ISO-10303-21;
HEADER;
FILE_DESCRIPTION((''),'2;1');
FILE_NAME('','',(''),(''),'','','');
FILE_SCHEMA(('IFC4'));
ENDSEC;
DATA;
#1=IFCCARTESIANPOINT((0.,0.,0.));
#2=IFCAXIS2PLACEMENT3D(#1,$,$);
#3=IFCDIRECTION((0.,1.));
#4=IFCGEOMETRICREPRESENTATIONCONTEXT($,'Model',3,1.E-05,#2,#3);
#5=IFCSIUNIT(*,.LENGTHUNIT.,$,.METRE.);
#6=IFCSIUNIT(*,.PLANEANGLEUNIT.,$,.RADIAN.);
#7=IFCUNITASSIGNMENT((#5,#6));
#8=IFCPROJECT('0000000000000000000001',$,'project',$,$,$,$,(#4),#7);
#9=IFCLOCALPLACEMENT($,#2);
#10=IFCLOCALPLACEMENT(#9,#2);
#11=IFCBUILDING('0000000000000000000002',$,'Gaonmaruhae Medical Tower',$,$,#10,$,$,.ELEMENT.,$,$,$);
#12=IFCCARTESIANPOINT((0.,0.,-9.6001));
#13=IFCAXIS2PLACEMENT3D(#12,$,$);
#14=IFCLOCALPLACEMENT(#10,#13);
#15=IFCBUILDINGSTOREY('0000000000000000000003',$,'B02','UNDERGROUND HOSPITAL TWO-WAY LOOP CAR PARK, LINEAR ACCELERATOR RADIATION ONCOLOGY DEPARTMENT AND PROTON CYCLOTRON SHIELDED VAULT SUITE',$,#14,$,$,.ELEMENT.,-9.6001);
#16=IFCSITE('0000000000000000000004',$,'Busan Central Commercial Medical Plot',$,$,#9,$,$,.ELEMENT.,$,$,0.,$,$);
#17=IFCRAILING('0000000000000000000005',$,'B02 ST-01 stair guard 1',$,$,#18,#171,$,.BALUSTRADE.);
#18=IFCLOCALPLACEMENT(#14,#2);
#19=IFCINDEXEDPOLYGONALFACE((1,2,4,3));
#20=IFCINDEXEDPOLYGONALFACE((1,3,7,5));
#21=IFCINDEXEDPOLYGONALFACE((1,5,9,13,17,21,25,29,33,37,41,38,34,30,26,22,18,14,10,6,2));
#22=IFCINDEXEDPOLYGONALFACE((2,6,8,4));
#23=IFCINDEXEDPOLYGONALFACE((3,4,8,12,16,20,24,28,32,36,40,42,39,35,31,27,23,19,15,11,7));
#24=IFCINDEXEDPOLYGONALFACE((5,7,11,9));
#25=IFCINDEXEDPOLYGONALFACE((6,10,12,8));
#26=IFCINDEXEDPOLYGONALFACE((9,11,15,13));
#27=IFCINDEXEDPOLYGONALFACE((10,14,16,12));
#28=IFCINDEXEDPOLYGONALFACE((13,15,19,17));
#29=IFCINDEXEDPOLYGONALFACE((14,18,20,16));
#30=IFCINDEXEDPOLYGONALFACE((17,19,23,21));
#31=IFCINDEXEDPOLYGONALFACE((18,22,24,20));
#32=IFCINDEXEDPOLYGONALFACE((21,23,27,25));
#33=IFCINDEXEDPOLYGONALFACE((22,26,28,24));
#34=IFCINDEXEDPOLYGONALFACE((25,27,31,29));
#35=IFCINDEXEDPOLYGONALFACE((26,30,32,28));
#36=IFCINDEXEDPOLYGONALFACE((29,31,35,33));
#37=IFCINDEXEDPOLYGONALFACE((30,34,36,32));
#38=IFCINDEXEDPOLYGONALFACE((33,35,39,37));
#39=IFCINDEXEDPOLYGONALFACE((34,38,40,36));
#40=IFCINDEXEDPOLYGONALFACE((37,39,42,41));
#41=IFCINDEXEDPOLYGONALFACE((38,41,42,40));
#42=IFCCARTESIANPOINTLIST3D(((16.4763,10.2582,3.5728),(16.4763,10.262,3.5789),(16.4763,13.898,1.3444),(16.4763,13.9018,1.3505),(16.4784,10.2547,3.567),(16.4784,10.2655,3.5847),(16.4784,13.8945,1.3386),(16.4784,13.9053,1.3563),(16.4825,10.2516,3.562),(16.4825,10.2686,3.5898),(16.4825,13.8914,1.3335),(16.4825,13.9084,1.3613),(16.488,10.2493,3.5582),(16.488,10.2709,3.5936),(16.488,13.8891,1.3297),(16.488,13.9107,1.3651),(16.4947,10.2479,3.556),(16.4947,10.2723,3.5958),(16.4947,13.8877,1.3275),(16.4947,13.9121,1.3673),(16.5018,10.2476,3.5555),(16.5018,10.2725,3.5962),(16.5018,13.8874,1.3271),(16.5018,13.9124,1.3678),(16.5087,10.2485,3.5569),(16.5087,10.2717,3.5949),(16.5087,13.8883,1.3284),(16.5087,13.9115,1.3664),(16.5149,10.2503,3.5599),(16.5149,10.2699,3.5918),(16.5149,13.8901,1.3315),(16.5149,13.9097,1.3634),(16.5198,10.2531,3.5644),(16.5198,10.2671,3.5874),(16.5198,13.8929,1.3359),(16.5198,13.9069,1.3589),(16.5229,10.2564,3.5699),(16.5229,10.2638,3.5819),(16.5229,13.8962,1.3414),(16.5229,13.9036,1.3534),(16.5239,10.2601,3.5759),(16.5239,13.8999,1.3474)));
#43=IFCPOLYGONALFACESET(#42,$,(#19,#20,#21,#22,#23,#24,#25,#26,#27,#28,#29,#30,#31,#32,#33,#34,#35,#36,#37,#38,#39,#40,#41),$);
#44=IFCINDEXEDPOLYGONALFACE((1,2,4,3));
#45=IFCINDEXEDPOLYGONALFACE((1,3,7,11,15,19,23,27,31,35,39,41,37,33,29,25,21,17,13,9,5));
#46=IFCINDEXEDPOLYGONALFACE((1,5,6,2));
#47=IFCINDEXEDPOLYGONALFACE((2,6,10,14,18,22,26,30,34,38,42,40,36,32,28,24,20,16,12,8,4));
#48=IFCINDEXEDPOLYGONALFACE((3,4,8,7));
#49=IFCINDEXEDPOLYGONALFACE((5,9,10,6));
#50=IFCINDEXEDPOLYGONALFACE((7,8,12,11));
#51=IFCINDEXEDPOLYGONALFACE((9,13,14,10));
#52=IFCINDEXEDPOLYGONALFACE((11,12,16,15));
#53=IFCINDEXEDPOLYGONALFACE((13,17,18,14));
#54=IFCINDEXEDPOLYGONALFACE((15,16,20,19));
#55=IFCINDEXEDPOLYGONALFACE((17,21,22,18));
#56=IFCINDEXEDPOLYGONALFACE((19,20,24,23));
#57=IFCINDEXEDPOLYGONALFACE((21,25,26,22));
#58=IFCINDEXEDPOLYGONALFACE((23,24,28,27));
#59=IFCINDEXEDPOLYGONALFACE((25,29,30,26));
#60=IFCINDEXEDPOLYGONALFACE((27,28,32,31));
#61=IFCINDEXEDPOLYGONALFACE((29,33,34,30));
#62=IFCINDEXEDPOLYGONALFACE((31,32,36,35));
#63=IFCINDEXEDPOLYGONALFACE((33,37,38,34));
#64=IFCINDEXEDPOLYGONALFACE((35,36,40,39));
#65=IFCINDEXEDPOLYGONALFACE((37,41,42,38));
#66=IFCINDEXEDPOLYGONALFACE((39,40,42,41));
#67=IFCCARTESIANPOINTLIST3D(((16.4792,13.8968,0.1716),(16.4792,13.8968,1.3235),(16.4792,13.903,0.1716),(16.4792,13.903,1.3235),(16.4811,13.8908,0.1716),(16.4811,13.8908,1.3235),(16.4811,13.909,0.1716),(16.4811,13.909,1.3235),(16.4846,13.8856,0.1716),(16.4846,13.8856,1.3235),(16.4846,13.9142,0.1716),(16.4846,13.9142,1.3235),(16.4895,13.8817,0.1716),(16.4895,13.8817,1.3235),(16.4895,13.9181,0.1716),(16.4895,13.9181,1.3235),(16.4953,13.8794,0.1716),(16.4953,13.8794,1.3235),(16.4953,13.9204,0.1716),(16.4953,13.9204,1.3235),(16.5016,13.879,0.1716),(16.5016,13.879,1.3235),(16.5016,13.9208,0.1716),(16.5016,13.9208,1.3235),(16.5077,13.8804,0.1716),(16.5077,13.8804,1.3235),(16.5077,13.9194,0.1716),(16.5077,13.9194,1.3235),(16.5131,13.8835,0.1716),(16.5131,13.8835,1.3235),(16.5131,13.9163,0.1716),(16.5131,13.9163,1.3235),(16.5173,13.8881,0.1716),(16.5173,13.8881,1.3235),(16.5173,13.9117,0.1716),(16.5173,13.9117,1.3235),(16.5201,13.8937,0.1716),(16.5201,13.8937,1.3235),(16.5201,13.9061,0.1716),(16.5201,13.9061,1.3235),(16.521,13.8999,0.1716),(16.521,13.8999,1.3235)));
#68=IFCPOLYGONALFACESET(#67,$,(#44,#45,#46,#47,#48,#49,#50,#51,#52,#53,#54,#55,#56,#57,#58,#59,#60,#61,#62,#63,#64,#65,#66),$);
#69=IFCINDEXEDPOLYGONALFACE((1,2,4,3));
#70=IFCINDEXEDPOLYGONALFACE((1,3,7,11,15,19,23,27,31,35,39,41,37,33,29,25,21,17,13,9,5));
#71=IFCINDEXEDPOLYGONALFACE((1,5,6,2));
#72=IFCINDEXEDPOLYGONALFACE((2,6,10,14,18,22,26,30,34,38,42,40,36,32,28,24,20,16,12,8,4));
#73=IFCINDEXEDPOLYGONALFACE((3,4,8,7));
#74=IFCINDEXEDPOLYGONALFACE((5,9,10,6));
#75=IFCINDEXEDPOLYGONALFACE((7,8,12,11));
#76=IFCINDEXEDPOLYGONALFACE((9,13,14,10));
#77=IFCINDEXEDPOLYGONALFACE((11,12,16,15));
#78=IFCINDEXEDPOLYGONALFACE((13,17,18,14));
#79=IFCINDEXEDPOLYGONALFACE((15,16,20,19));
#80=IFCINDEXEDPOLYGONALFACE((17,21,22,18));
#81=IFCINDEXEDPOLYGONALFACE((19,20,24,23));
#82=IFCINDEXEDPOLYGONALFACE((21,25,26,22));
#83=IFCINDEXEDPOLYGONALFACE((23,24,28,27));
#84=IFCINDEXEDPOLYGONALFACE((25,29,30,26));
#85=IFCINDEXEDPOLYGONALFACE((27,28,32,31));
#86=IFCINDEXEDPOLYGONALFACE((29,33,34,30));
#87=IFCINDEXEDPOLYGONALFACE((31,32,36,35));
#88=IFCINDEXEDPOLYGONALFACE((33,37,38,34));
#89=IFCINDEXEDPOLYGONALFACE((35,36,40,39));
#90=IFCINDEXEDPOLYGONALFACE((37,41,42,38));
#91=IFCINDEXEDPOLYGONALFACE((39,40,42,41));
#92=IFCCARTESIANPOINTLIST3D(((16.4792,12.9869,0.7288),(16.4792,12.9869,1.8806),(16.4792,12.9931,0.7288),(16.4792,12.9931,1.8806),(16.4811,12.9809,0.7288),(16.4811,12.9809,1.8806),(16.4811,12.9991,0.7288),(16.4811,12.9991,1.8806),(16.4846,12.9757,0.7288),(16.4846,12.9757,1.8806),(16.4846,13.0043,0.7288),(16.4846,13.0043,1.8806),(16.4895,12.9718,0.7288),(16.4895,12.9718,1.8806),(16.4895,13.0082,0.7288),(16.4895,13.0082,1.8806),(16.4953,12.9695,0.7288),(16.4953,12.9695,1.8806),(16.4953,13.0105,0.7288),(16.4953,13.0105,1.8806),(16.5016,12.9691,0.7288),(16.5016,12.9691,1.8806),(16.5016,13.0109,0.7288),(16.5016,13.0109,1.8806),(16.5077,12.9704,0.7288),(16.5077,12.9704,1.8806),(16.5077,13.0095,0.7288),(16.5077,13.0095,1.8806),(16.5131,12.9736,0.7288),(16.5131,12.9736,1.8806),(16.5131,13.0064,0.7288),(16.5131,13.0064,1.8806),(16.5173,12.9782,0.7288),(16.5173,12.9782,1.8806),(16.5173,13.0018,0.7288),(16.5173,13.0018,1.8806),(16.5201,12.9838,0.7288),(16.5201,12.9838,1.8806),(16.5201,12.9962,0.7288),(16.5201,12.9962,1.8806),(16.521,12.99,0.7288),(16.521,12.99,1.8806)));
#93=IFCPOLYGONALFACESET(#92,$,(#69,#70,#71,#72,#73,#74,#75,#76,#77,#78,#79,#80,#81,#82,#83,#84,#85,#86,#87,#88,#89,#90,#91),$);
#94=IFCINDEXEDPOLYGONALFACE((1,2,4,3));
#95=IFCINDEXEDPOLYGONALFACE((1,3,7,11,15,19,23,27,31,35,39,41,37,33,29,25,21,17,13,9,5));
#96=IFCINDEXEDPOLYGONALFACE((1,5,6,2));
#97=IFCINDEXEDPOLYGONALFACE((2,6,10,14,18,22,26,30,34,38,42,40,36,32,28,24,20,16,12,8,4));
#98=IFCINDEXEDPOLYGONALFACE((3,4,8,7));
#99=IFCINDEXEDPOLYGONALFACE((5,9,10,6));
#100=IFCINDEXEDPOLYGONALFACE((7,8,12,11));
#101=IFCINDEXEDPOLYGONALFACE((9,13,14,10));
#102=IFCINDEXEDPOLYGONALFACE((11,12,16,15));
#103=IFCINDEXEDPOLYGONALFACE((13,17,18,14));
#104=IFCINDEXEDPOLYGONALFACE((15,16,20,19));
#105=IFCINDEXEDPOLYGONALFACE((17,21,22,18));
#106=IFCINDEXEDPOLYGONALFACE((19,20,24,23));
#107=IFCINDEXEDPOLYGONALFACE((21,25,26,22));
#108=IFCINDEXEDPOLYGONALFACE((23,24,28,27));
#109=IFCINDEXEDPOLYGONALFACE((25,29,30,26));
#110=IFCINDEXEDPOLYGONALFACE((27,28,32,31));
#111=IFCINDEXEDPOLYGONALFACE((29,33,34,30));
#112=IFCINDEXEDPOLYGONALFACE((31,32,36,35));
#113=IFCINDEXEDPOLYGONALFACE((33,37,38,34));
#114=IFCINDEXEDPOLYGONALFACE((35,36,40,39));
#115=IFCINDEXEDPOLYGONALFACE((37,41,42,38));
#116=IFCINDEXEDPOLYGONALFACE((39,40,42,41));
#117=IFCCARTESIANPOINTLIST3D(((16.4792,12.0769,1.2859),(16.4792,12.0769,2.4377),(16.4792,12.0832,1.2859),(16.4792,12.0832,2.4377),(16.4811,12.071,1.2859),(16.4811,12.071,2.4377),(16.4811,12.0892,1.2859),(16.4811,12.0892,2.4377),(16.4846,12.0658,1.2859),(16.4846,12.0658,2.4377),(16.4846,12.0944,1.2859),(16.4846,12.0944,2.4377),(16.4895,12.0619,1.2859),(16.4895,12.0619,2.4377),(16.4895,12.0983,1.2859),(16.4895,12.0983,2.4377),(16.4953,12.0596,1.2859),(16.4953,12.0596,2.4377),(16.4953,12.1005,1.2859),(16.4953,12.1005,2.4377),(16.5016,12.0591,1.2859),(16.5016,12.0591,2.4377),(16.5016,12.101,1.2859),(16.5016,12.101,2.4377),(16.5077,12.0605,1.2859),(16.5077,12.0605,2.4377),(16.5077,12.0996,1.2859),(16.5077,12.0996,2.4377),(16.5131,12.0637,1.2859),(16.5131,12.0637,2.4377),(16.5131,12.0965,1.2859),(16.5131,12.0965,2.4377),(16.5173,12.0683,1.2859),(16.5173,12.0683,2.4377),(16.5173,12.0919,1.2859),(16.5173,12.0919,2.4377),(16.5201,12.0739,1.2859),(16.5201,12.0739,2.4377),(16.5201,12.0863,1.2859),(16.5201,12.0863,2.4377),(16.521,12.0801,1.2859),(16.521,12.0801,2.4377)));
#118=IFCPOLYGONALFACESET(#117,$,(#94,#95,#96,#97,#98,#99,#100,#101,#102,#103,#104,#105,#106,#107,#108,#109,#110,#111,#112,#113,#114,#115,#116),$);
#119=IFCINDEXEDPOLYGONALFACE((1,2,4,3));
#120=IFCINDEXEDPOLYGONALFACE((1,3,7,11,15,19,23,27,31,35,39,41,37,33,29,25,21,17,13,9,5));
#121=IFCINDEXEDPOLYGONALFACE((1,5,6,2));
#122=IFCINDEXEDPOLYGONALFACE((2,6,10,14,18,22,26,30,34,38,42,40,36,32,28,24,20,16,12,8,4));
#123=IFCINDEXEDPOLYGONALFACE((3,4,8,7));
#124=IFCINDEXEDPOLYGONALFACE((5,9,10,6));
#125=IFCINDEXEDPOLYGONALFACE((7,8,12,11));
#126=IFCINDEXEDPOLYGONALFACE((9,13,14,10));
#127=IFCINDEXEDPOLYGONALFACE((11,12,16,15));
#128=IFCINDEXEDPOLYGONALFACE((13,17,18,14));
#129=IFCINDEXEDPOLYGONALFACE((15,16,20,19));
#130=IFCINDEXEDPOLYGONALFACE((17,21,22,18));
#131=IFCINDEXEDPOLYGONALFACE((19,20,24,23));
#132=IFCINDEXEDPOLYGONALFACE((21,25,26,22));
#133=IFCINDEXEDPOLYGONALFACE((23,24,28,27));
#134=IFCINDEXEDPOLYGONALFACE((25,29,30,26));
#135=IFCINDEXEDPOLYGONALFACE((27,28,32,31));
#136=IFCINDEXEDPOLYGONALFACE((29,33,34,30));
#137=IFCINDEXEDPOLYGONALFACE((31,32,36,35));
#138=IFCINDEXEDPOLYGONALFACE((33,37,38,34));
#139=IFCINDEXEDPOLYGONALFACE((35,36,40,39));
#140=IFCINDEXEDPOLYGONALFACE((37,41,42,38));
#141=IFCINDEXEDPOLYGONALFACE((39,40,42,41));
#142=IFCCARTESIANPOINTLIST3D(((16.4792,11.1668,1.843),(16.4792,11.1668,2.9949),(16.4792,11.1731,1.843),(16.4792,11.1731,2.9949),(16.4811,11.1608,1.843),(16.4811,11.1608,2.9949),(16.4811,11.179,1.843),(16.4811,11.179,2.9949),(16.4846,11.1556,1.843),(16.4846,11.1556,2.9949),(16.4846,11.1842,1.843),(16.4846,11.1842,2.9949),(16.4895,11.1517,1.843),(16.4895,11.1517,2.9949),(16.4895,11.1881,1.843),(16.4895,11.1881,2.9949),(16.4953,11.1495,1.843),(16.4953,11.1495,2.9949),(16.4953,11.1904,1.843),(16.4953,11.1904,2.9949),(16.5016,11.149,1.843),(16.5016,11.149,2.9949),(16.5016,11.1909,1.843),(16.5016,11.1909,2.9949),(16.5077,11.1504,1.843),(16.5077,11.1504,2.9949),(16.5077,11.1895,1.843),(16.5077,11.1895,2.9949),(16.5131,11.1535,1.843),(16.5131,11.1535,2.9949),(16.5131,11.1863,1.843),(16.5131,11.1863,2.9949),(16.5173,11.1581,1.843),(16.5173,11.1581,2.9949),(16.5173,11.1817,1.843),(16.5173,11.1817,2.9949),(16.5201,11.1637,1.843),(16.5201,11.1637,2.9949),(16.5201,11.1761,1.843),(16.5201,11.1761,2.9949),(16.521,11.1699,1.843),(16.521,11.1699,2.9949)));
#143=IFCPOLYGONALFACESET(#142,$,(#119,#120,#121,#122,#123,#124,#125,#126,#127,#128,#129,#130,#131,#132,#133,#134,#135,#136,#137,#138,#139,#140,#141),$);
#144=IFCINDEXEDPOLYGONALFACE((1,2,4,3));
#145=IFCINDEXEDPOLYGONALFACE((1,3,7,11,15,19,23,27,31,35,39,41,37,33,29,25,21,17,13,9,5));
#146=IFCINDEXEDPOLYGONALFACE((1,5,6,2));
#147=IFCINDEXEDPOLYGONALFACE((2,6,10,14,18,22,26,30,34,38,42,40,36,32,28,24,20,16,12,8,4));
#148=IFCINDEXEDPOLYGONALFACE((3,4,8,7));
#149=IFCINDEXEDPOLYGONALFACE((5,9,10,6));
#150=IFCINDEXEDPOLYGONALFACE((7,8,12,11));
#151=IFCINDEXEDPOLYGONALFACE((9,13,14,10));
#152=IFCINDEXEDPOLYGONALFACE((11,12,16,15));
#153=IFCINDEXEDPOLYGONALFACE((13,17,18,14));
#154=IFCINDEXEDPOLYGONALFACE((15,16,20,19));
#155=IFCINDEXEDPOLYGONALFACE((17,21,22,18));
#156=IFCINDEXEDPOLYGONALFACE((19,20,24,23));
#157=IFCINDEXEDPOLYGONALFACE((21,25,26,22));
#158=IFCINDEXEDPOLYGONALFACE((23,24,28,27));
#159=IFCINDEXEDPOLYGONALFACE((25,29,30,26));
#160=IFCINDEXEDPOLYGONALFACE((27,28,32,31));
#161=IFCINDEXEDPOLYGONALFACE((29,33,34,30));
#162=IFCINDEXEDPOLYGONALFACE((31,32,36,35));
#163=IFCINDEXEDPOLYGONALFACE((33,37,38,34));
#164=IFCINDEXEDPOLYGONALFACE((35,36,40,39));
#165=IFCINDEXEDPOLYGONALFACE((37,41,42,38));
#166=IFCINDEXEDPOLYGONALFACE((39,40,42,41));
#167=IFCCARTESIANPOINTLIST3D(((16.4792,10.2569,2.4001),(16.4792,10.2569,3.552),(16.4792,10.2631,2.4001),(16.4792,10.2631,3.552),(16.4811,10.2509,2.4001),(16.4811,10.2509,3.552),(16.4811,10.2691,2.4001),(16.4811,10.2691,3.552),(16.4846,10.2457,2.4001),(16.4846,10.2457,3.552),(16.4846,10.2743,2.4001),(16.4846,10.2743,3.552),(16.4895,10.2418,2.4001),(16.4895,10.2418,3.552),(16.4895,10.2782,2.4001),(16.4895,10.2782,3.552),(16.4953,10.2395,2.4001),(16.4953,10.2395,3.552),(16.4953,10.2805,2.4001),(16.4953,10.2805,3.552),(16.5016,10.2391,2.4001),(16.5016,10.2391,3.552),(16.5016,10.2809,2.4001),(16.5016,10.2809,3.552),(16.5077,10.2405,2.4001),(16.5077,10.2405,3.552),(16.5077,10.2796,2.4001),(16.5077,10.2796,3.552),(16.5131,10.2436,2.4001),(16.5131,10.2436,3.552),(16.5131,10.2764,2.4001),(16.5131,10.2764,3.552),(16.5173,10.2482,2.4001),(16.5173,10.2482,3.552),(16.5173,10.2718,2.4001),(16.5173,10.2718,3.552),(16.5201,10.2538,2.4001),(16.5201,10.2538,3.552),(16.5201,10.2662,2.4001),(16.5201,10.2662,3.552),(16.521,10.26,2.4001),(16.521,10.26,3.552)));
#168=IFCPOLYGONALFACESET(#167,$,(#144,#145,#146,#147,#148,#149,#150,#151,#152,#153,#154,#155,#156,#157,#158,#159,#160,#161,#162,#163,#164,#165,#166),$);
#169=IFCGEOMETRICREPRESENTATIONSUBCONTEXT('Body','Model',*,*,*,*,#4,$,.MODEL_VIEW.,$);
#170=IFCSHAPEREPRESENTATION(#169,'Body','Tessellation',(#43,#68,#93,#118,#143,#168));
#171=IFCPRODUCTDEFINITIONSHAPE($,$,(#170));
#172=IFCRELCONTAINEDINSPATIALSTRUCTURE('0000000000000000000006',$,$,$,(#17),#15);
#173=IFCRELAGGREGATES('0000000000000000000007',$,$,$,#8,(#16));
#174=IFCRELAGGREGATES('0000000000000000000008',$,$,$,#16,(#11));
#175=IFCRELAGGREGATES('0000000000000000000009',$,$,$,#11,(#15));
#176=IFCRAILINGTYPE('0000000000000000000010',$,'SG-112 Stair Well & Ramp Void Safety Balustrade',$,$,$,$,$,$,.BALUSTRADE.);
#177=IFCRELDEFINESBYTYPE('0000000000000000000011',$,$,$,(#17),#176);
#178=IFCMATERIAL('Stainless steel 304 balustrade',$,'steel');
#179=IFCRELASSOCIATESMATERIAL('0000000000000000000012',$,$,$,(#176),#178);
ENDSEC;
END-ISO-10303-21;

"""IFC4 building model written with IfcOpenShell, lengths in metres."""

from ifc_helpers import new_model, si_unit, direction, frame, origin, origin_2d, place, context, subcontext, project, spatial, circle, extrude, material, type_object, element, save


model = new_model("IFC4")

# Units and contexts
model_context = context("Model", 3, precision=1e-05, world=origin(), true_north=direction((0.0, 1.0)))
body_context = subcontext(model_context, "Body", "Model", "MODEL_VIEW")
ifc_project = project(units=[si_unit("LENGTHUNIT", "METRE"), si_unit("PLANEANGLEUNIT", "RADIAN")], contexts=[model_context])

# Site, building, storey
site_placement = place(None, origin())
site = spatial("IfcSite", under=ifc_project, at=site_placement, Name="Busan Central Commercial Medical Plot", CompositionType="ELEMENT", RefElevation=0.0)
building_placement = place(site_placement, origin())
building = spatial("IfcBuilding", under=site, at=building_placement, Name="Gaonmaruhae Medical Tower", CompositionType="ELEMENT")
storey_placement = place(building_placement, frame((0.0, 0.0, -9.6001)))
storey = spatial("IfcBuildingStorey", under=building, at=storey_placement, Name="B02", Description="UNDERGROUND HOSPITAL TWO-WAY LOOP CAR PARK, LINEAR ACCELERATOR RADIATION ONCOLOGY DEPARTMENT AND PROTON CYCLOTRON SHIELDED VAULT SUITE", CompositionType="ELEMENT", Elevation=-9.6001)

# Railing
ifc_material_1 = material(Name="Stainless steel 304 balustrade", Category="steel")
railing_type_1 = type_object("IfcRailingType", Name="SG-112 Stair Well & Ramp Void Safety Balustrade", PredefinedType="BALUSTRADE", material=ifc_material_1)
railing_1_placement = place(storey_placement, frame((16.5, 13.8999, 0.1716)))
element("IfcRailing", 1, at=railing_1_placement, inside=storey, type_object=railing_type_1, Name="B02 ST-01 stair guard 1", PredefinedType="BALUSTRADE", context=body_context, shape_type="SweptSolid", body=[
    extrude(circle(Radius=0.0239, at=origin_2d()), frame((0.0, 0.0, 1.1758), z_axis=(0.0, -0.85285, 0.522156), x_axis=(1.0, 0.0, 0.0)), (0.0, 0.0, 1.0), 4.2678),
    extrude(circle(Radius=0.021, at=origin_2d()), origin(), (0.0, 0.0, 1.0), 1.1519),
    extrude(circle(Radius=0.021, at=origin_2d()), frame((0.0, -0.9099, 0.5571)), (0.0, 0.0, 1.0), 1.1519),
    extrude(circle(Radius=0.021, at=origin_2d()), frame((0.0, -1.8198, 1.1143)), (0.0, 0.0, 1.0), 1.1519),
    extrude(circle(Radius=0.021, at=origin_2d()), frame((0.0, -2.73, 1.6714)), (0.0, 0.0, 1.0), 1.1519),
    extrude(circle(Radius=0.021, at=origin_2d()), frame((0.0, -3.6399, 2.2285)), (0.0, 0.0, 1.0), 1.1519),
])

save(model, "model.ifc")
